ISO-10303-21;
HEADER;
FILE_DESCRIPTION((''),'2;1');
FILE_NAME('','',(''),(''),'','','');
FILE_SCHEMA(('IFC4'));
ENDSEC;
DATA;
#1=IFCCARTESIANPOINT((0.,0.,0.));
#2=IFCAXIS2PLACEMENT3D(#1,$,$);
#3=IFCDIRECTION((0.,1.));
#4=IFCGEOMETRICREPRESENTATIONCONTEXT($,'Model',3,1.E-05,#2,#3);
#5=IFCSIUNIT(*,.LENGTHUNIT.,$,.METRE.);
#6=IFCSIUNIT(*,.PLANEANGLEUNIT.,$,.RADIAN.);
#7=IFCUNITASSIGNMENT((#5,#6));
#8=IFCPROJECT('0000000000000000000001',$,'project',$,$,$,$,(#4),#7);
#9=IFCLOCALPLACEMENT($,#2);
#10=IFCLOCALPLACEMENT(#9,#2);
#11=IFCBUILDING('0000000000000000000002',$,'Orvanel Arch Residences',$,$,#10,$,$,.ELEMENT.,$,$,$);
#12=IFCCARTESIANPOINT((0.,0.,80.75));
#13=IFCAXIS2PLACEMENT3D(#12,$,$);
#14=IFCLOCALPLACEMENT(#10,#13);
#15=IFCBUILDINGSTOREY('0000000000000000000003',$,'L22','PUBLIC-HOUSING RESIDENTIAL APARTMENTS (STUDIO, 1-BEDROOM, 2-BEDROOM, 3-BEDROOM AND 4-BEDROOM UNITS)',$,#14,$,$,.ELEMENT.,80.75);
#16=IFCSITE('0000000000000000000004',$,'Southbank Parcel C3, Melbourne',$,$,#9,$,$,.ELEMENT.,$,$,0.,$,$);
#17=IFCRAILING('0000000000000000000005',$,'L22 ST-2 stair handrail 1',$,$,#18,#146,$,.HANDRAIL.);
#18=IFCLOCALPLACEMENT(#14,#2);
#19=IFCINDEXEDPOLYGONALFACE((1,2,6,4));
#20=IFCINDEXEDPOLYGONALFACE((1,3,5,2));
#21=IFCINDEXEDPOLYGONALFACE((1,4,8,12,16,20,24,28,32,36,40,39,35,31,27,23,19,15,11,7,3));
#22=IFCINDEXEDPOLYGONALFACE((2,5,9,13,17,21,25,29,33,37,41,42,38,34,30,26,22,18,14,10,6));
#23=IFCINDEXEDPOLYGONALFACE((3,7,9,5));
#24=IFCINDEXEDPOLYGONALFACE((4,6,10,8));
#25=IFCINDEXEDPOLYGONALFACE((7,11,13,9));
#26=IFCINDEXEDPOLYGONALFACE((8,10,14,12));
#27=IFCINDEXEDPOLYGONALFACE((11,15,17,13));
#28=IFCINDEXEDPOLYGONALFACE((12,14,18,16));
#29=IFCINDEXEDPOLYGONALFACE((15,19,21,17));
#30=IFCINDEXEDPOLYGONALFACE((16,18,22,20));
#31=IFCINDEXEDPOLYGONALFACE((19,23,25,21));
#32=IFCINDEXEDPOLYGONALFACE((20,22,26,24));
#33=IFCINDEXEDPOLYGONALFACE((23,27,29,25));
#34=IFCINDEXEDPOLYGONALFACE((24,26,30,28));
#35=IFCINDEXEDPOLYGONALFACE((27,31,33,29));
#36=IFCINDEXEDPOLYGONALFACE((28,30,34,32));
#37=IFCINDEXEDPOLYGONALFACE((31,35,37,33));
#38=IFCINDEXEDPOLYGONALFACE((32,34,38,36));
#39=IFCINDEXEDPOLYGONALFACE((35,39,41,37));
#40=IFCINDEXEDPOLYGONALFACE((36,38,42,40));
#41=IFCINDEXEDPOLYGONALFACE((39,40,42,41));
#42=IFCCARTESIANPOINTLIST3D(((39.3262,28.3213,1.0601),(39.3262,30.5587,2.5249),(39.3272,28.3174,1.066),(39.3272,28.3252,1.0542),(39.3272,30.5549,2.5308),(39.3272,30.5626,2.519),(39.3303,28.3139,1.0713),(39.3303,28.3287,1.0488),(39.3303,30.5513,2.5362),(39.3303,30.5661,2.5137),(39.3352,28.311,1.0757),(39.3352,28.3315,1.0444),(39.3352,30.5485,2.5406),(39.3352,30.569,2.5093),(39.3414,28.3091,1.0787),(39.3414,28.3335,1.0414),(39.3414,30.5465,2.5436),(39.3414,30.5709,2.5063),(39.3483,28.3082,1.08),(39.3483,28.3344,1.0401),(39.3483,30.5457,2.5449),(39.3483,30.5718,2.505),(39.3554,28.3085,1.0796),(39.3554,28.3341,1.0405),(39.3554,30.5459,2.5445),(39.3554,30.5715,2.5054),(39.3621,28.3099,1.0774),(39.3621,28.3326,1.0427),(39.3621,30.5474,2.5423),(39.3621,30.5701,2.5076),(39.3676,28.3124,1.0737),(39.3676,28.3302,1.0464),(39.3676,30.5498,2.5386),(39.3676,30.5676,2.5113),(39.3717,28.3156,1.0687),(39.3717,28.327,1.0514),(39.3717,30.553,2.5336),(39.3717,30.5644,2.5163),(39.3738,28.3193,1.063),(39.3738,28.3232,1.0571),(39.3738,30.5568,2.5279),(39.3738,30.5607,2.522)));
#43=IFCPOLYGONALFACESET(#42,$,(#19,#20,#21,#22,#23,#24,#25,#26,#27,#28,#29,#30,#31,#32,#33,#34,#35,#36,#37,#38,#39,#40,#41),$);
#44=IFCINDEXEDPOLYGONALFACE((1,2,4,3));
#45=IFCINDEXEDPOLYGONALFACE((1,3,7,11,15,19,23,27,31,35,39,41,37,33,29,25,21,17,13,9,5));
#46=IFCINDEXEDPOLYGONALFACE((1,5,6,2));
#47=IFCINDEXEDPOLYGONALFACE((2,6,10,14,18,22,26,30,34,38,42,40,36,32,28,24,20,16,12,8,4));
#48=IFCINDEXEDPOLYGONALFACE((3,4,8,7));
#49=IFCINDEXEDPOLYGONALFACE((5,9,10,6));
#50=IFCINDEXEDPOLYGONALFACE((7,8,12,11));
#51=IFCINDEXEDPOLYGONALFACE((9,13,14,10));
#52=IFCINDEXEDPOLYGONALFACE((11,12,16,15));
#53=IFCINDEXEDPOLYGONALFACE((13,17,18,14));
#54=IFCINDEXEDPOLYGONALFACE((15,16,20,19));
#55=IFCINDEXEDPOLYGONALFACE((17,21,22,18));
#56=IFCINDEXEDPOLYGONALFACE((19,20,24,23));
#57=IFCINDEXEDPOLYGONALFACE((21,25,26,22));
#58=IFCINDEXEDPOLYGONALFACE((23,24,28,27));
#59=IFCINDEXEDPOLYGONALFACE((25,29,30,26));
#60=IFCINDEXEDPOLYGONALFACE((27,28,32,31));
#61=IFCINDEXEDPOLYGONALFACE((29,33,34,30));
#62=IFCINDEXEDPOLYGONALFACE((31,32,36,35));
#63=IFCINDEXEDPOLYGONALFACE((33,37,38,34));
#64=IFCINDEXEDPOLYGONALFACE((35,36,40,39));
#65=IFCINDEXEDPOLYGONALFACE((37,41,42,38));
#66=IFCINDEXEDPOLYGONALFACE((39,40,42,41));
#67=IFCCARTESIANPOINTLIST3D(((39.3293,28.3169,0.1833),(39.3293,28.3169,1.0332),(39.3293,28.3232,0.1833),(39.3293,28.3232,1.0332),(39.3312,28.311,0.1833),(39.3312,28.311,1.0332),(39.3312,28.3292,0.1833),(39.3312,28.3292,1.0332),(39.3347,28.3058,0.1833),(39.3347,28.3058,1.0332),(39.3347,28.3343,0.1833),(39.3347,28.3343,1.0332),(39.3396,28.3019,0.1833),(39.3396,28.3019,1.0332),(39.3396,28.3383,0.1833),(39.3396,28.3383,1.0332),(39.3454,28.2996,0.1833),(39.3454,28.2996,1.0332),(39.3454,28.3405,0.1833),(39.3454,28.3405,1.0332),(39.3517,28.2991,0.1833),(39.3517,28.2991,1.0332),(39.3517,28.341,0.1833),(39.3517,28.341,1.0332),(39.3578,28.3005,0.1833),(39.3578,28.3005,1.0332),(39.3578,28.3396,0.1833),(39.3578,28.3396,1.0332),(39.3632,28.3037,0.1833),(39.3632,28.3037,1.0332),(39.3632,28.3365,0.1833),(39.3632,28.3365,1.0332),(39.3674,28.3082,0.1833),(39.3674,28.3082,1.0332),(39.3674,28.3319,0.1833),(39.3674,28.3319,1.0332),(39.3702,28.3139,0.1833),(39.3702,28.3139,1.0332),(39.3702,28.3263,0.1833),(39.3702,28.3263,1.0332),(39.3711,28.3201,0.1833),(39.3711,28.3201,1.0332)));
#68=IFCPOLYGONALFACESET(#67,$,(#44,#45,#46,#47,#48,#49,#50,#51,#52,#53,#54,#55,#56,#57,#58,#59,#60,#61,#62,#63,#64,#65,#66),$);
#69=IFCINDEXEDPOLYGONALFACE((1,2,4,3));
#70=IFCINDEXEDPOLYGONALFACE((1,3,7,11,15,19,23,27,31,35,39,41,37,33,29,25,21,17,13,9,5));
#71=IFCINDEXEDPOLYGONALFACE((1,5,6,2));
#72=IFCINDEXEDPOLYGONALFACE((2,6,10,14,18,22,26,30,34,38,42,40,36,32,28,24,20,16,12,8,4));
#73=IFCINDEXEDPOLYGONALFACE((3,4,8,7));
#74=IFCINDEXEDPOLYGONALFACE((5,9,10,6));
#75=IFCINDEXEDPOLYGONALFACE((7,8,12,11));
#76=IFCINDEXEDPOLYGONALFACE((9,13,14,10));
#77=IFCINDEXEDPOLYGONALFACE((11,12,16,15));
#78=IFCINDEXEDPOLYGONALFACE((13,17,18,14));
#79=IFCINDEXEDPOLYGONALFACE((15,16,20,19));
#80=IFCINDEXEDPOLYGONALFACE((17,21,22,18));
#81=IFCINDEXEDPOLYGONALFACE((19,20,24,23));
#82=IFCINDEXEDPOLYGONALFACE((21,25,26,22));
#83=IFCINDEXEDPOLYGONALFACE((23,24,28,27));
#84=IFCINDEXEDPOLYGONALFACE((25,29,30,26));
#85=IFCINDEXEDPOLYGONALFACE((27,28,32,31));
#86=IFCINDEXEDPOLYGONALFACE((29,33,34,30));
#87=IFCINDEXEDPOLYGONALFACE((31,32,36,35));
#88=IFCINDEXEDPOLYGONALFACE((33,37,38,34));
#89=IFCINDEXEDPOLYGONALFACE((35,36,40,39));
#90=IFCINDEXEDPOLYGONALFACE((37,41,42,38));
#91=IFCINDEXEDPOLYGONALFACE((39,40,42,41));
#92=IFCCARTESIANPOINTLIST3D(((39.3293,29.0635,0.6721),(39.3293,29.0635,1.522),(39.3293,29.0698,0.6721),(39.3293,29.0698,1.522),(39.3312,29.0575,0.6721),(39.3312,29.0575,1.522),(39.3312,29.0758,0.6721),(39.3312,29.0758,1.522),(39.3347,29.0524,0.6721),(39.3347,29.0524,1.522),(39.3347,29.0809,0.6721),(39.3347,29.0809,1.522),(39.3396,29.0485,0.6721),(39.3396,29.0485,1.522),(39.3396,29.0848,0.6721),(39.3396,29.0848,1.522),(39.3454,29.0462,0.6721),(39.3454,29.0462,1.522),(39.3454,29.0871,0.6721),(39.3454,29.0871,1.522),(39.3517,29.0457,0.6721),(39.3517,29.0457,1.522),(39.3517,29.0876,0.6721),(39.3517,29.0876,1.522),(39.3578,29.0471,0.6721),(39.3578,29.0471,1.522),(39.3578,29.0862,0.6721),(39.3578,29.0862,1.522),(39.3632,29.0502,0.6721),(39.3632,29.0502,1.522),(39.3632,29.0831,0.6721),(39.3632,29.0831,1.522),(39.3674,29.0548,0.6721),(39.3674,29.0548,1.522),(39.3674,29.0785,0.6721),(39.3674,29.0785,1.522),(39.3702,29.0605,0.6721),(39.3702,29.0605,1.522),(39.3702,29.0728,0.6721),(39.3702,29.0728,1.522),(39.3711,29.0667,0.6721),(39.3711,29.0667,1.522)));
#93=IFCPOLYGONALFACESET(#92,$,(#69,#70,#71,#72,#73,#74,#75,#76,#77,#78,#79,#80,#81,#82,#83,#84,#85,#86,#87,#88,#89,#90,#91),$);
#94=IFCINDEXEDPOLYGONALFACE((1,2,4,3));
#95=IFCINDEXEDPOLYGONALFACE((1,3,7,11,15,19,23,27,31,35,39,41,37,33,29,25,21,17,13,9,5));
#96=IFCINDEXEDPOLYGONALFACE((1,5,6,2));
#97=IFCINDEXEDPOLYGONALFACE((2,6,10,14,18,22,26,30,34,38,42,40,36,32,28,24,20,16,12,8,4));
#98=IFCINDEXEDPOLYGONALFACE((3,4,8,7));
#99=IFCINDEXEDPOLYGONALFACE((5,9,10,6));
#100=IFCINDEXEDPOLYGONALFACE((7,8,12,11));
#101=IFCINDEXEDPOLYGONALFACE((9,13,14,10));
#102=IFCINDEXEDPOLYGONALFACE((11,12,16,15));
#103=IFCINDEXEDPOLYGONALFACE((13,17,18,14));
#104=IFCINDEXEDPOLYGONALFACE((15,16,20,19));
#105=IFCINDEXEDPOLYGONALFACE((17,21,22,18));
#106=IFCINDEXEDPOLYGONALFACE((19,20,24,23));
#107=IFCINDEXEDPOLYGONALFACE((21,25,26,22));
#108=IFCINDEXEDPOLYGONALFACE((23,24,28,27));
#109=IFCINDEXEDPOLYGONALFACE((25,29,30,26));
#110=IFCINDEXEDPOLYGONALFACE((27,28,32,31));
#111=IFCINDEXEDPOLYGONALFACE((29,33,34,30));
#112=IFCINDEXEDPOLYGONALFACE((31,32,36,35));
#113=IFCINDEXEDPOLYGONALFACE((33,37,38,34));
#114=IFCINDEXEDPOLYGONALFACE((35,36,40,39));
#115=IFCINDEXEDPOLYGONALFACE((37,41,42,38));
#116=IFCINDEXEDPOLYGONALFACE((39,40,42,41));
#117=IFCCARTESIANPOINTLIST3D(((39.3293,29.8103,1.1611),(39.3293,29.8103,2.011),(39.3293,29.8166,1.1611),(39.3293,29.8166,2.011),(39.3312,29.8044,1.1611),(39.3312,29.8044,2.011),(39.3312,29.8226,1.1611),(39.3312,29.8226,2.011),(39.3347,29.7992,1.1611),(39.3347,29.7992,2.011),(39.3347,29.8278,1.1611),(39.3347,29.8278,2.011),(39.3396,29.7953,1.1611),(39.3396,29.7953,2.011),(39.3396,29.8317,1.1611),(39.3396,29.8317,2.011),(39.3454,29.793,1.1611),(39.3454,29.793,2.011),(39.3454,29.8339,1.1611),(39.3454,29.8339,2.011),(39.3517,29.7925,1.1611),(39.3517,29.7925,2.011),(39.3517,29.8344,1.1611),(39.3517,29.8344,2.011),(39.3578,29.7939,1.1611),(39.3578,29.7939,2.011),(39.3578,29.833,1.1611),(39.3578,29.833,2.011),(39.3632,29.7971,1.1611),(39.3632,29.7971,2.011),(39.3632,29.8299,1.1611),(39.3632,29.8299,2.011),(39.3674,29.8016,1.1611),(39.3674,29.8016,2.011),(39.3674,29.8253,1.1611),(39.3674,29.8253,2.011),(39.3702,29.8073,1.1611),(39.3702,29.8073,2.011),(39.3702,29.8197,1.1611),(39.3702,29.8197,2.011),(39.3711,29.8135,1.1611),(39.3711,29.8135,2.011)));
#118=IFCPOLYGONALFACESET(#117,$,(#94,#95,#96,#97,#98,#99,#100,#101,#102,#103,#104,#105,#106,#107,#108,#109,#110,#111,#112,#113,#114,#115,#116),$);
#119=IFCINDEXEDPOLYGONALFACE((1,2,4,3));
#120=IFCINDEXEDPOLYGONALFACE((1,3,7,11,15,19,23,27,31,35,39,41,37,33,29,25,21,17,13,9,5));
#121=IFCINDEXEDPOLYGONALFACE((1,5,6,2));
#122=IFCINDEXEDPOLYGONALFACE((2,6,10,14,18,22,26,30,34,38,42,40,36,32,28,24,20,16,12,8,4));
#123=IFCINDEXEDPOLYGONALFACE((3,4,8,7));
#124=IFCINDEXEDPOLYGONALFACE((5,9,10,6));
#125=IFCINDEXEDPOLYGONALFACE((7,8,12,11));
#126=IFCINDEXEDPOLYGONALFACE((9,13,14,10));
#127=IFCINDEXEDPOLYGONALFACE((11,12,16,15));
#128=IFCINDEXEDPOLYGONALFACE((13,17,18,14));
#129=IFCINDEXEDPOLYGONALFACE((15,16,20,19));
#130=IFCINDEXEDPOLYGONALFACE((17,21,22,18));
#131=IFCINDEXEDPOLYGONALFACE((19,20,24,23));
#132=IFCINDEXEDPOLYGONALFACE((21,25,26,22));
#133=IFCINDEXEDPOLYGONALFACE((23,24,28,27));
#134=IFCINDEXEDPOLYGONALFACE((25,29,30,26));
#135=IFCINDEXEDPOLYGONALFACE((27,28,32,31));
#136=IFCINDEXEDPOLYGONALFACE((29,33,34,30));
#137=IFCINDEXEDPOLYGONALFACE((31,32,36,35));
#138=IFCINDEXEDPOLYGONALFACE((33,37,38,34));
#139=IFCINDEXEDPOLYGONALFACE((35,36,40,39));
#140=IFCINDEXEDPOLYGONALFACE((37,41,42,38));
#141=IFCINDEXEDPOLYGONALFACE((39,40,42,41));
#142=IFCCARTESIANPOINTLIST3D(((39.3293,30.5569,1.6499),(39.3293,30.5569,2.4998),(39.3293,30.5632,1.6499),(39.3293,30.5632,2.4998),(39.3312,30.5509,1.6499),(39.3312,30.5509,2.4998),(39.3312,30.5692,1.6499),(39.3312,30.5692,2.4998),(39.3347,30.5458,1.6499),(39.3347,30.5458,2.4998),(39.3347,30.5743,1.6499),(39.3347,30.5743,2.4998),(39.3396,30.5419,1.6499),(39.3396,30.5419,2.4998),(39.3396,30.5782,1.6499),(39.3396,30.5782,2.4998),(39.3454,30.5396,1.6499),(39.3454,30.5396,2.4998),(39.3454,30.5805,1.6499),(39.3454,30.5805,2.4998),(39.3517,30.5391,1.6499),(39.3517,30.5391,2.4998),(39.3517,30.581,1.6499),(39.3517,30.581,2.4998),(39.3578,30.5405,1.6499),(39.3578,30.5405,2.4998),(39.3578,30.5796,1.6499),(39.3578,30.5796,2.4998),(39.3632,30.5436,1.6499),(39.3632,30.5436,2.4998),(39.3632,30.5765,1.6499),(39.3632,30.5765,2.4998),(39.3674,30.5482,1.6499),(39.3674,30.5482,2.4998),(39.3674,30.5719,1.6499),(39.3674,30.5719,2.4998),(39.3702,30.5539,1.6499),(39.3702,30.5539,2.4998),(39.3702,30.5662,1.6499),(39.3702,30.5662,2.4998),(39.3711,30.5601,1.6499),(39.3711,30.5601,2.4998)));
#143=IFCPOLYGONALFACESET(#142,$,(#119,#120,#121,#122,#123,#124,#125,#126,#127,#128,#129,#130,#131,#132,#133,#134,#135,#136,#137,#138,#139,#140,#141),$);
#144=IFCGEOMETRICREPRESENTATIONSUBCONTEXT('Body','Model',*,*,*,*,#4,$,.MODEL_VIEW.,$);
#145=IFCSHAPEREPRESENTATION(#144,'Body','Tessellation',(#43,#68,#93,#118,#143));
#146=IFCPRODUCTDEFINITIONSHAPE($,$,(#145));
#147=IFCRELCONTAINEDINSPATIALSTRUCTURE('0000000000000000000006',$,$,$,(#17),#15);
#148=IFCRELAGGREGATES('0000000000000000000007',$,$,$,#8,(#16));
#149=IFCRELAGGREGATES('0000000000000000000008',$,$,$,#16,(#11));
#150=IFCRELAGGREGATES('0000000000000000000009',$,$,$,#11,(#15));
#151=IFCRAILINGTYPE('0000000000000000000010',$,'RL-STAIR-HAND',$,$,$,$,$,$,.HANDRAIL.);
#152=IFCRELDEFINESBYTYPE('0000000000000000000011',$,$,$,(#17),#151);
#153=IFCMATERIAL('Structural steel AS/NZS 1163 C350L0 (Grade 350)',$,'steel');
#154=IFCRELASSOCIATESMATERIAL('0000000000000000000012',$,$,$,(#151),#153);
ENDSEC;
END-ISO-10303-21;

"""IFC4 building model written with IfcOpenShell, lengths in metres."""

from ifc_helpers import new_model, si_unit, direction, frame, origin, origin_2d, place, context, subcontext, project, spatial, circle, extrude, material, type_object, element, save


model = new_model("IFC4")

# Units and contexts
model_context = context("Model", 3, precision=1e-05, world=origin(), true_north=direction((0.0, 1.0)))
body_context = subcontext(model_context, "Body", "Model", "MODEL_VIEW")
ifc_project = project(units=[si_unit("LENGTHUNIT", "METRE"), si_unit("PLANEANGLEUNIT", "RADIAN")], contexts=[model_context])

# Site, building, storey
site_placement = place(None, origin())
site = spatial("IfcSite", under=ifc_project, at=site_placement, Name="Southbank Parcel C3, Melbourne", CompositionType="ELEMENT", RefElevation=0.0)
building_placement = place(site_placement, origin())
building = spatial("IfcBuilding", under=site, at=building_placement, Name="Orvanel Arch Residences", CompositionType="ELEMENT")
storey_placement = place(building_placement, frame((0.0, 0.0, 80.75)))
storey = spatial("IfcBuildingStorey", under=building, at=storey_placement, Name="L22", Description="PUBLIC-HOUSING RESIDENTIAL APARTMENTS (STUDIO, 1-BEDROOM, 2-BEDROOM, 3-BEDROOM AND 4-BEDROOM UNITS)", CompositionType="ELEMENT", Elevation=80.75)

# Railing
ifc_material_1 = material(Name="Structural steel AS/NZS 1163 C350L0 (Grade 350)", Category="steel")
railing_type_1 = type_object("IfcRailingType", Name="RL-STAIR-HAND", PredefinedType="HANDRAIL", material=ifc_material_1)
railing_1_placement = place(storey_placement, frame((39.3501, 28.3201, 0.1833)))
element("IfcRailing", 1, at=railing_1_placement, inside=storey, type_object=railing_type_1, Name="L22 ST-2 stair handrail 1", PredefinedType="HANDRAIL", context=body_context, shape_type="SweptSolid", body=[
    extrude(circle(Radius=0.0239, at=origin_2d()), frame((0.0, 0.0012, 0.8767), z_axis=(0.0, 0.836637, 0.547758), x_axis=(-1.0, 0.0, 0.0)), (0.0, 0.0, 1.0), 2.6743),
    extrude(circle(Radius=0.021, at=origin_2d()), origin(), (0.0, 0.0, 1.0), 0.8499),
    extrude(circle(Radius=0.021, at=origin_2d()), frame((0.0, 0.7466, 0.4888)), (0.0, 0.0, 1.0), 0.8499),
    extrude(circle(Radius=0.021, at=origin_2d()), frame((0.0, 1.4934, 0.9778)), (0.0, 0.0, 1.0), 0.8499),
    extrude(circle(Radius=0.021, at=origin_2d()), frame((0.0, 2.24, 1.4666)), (0.0, 0.0, 1.0), 0.8499),
])

save(model, "model.ifc")
